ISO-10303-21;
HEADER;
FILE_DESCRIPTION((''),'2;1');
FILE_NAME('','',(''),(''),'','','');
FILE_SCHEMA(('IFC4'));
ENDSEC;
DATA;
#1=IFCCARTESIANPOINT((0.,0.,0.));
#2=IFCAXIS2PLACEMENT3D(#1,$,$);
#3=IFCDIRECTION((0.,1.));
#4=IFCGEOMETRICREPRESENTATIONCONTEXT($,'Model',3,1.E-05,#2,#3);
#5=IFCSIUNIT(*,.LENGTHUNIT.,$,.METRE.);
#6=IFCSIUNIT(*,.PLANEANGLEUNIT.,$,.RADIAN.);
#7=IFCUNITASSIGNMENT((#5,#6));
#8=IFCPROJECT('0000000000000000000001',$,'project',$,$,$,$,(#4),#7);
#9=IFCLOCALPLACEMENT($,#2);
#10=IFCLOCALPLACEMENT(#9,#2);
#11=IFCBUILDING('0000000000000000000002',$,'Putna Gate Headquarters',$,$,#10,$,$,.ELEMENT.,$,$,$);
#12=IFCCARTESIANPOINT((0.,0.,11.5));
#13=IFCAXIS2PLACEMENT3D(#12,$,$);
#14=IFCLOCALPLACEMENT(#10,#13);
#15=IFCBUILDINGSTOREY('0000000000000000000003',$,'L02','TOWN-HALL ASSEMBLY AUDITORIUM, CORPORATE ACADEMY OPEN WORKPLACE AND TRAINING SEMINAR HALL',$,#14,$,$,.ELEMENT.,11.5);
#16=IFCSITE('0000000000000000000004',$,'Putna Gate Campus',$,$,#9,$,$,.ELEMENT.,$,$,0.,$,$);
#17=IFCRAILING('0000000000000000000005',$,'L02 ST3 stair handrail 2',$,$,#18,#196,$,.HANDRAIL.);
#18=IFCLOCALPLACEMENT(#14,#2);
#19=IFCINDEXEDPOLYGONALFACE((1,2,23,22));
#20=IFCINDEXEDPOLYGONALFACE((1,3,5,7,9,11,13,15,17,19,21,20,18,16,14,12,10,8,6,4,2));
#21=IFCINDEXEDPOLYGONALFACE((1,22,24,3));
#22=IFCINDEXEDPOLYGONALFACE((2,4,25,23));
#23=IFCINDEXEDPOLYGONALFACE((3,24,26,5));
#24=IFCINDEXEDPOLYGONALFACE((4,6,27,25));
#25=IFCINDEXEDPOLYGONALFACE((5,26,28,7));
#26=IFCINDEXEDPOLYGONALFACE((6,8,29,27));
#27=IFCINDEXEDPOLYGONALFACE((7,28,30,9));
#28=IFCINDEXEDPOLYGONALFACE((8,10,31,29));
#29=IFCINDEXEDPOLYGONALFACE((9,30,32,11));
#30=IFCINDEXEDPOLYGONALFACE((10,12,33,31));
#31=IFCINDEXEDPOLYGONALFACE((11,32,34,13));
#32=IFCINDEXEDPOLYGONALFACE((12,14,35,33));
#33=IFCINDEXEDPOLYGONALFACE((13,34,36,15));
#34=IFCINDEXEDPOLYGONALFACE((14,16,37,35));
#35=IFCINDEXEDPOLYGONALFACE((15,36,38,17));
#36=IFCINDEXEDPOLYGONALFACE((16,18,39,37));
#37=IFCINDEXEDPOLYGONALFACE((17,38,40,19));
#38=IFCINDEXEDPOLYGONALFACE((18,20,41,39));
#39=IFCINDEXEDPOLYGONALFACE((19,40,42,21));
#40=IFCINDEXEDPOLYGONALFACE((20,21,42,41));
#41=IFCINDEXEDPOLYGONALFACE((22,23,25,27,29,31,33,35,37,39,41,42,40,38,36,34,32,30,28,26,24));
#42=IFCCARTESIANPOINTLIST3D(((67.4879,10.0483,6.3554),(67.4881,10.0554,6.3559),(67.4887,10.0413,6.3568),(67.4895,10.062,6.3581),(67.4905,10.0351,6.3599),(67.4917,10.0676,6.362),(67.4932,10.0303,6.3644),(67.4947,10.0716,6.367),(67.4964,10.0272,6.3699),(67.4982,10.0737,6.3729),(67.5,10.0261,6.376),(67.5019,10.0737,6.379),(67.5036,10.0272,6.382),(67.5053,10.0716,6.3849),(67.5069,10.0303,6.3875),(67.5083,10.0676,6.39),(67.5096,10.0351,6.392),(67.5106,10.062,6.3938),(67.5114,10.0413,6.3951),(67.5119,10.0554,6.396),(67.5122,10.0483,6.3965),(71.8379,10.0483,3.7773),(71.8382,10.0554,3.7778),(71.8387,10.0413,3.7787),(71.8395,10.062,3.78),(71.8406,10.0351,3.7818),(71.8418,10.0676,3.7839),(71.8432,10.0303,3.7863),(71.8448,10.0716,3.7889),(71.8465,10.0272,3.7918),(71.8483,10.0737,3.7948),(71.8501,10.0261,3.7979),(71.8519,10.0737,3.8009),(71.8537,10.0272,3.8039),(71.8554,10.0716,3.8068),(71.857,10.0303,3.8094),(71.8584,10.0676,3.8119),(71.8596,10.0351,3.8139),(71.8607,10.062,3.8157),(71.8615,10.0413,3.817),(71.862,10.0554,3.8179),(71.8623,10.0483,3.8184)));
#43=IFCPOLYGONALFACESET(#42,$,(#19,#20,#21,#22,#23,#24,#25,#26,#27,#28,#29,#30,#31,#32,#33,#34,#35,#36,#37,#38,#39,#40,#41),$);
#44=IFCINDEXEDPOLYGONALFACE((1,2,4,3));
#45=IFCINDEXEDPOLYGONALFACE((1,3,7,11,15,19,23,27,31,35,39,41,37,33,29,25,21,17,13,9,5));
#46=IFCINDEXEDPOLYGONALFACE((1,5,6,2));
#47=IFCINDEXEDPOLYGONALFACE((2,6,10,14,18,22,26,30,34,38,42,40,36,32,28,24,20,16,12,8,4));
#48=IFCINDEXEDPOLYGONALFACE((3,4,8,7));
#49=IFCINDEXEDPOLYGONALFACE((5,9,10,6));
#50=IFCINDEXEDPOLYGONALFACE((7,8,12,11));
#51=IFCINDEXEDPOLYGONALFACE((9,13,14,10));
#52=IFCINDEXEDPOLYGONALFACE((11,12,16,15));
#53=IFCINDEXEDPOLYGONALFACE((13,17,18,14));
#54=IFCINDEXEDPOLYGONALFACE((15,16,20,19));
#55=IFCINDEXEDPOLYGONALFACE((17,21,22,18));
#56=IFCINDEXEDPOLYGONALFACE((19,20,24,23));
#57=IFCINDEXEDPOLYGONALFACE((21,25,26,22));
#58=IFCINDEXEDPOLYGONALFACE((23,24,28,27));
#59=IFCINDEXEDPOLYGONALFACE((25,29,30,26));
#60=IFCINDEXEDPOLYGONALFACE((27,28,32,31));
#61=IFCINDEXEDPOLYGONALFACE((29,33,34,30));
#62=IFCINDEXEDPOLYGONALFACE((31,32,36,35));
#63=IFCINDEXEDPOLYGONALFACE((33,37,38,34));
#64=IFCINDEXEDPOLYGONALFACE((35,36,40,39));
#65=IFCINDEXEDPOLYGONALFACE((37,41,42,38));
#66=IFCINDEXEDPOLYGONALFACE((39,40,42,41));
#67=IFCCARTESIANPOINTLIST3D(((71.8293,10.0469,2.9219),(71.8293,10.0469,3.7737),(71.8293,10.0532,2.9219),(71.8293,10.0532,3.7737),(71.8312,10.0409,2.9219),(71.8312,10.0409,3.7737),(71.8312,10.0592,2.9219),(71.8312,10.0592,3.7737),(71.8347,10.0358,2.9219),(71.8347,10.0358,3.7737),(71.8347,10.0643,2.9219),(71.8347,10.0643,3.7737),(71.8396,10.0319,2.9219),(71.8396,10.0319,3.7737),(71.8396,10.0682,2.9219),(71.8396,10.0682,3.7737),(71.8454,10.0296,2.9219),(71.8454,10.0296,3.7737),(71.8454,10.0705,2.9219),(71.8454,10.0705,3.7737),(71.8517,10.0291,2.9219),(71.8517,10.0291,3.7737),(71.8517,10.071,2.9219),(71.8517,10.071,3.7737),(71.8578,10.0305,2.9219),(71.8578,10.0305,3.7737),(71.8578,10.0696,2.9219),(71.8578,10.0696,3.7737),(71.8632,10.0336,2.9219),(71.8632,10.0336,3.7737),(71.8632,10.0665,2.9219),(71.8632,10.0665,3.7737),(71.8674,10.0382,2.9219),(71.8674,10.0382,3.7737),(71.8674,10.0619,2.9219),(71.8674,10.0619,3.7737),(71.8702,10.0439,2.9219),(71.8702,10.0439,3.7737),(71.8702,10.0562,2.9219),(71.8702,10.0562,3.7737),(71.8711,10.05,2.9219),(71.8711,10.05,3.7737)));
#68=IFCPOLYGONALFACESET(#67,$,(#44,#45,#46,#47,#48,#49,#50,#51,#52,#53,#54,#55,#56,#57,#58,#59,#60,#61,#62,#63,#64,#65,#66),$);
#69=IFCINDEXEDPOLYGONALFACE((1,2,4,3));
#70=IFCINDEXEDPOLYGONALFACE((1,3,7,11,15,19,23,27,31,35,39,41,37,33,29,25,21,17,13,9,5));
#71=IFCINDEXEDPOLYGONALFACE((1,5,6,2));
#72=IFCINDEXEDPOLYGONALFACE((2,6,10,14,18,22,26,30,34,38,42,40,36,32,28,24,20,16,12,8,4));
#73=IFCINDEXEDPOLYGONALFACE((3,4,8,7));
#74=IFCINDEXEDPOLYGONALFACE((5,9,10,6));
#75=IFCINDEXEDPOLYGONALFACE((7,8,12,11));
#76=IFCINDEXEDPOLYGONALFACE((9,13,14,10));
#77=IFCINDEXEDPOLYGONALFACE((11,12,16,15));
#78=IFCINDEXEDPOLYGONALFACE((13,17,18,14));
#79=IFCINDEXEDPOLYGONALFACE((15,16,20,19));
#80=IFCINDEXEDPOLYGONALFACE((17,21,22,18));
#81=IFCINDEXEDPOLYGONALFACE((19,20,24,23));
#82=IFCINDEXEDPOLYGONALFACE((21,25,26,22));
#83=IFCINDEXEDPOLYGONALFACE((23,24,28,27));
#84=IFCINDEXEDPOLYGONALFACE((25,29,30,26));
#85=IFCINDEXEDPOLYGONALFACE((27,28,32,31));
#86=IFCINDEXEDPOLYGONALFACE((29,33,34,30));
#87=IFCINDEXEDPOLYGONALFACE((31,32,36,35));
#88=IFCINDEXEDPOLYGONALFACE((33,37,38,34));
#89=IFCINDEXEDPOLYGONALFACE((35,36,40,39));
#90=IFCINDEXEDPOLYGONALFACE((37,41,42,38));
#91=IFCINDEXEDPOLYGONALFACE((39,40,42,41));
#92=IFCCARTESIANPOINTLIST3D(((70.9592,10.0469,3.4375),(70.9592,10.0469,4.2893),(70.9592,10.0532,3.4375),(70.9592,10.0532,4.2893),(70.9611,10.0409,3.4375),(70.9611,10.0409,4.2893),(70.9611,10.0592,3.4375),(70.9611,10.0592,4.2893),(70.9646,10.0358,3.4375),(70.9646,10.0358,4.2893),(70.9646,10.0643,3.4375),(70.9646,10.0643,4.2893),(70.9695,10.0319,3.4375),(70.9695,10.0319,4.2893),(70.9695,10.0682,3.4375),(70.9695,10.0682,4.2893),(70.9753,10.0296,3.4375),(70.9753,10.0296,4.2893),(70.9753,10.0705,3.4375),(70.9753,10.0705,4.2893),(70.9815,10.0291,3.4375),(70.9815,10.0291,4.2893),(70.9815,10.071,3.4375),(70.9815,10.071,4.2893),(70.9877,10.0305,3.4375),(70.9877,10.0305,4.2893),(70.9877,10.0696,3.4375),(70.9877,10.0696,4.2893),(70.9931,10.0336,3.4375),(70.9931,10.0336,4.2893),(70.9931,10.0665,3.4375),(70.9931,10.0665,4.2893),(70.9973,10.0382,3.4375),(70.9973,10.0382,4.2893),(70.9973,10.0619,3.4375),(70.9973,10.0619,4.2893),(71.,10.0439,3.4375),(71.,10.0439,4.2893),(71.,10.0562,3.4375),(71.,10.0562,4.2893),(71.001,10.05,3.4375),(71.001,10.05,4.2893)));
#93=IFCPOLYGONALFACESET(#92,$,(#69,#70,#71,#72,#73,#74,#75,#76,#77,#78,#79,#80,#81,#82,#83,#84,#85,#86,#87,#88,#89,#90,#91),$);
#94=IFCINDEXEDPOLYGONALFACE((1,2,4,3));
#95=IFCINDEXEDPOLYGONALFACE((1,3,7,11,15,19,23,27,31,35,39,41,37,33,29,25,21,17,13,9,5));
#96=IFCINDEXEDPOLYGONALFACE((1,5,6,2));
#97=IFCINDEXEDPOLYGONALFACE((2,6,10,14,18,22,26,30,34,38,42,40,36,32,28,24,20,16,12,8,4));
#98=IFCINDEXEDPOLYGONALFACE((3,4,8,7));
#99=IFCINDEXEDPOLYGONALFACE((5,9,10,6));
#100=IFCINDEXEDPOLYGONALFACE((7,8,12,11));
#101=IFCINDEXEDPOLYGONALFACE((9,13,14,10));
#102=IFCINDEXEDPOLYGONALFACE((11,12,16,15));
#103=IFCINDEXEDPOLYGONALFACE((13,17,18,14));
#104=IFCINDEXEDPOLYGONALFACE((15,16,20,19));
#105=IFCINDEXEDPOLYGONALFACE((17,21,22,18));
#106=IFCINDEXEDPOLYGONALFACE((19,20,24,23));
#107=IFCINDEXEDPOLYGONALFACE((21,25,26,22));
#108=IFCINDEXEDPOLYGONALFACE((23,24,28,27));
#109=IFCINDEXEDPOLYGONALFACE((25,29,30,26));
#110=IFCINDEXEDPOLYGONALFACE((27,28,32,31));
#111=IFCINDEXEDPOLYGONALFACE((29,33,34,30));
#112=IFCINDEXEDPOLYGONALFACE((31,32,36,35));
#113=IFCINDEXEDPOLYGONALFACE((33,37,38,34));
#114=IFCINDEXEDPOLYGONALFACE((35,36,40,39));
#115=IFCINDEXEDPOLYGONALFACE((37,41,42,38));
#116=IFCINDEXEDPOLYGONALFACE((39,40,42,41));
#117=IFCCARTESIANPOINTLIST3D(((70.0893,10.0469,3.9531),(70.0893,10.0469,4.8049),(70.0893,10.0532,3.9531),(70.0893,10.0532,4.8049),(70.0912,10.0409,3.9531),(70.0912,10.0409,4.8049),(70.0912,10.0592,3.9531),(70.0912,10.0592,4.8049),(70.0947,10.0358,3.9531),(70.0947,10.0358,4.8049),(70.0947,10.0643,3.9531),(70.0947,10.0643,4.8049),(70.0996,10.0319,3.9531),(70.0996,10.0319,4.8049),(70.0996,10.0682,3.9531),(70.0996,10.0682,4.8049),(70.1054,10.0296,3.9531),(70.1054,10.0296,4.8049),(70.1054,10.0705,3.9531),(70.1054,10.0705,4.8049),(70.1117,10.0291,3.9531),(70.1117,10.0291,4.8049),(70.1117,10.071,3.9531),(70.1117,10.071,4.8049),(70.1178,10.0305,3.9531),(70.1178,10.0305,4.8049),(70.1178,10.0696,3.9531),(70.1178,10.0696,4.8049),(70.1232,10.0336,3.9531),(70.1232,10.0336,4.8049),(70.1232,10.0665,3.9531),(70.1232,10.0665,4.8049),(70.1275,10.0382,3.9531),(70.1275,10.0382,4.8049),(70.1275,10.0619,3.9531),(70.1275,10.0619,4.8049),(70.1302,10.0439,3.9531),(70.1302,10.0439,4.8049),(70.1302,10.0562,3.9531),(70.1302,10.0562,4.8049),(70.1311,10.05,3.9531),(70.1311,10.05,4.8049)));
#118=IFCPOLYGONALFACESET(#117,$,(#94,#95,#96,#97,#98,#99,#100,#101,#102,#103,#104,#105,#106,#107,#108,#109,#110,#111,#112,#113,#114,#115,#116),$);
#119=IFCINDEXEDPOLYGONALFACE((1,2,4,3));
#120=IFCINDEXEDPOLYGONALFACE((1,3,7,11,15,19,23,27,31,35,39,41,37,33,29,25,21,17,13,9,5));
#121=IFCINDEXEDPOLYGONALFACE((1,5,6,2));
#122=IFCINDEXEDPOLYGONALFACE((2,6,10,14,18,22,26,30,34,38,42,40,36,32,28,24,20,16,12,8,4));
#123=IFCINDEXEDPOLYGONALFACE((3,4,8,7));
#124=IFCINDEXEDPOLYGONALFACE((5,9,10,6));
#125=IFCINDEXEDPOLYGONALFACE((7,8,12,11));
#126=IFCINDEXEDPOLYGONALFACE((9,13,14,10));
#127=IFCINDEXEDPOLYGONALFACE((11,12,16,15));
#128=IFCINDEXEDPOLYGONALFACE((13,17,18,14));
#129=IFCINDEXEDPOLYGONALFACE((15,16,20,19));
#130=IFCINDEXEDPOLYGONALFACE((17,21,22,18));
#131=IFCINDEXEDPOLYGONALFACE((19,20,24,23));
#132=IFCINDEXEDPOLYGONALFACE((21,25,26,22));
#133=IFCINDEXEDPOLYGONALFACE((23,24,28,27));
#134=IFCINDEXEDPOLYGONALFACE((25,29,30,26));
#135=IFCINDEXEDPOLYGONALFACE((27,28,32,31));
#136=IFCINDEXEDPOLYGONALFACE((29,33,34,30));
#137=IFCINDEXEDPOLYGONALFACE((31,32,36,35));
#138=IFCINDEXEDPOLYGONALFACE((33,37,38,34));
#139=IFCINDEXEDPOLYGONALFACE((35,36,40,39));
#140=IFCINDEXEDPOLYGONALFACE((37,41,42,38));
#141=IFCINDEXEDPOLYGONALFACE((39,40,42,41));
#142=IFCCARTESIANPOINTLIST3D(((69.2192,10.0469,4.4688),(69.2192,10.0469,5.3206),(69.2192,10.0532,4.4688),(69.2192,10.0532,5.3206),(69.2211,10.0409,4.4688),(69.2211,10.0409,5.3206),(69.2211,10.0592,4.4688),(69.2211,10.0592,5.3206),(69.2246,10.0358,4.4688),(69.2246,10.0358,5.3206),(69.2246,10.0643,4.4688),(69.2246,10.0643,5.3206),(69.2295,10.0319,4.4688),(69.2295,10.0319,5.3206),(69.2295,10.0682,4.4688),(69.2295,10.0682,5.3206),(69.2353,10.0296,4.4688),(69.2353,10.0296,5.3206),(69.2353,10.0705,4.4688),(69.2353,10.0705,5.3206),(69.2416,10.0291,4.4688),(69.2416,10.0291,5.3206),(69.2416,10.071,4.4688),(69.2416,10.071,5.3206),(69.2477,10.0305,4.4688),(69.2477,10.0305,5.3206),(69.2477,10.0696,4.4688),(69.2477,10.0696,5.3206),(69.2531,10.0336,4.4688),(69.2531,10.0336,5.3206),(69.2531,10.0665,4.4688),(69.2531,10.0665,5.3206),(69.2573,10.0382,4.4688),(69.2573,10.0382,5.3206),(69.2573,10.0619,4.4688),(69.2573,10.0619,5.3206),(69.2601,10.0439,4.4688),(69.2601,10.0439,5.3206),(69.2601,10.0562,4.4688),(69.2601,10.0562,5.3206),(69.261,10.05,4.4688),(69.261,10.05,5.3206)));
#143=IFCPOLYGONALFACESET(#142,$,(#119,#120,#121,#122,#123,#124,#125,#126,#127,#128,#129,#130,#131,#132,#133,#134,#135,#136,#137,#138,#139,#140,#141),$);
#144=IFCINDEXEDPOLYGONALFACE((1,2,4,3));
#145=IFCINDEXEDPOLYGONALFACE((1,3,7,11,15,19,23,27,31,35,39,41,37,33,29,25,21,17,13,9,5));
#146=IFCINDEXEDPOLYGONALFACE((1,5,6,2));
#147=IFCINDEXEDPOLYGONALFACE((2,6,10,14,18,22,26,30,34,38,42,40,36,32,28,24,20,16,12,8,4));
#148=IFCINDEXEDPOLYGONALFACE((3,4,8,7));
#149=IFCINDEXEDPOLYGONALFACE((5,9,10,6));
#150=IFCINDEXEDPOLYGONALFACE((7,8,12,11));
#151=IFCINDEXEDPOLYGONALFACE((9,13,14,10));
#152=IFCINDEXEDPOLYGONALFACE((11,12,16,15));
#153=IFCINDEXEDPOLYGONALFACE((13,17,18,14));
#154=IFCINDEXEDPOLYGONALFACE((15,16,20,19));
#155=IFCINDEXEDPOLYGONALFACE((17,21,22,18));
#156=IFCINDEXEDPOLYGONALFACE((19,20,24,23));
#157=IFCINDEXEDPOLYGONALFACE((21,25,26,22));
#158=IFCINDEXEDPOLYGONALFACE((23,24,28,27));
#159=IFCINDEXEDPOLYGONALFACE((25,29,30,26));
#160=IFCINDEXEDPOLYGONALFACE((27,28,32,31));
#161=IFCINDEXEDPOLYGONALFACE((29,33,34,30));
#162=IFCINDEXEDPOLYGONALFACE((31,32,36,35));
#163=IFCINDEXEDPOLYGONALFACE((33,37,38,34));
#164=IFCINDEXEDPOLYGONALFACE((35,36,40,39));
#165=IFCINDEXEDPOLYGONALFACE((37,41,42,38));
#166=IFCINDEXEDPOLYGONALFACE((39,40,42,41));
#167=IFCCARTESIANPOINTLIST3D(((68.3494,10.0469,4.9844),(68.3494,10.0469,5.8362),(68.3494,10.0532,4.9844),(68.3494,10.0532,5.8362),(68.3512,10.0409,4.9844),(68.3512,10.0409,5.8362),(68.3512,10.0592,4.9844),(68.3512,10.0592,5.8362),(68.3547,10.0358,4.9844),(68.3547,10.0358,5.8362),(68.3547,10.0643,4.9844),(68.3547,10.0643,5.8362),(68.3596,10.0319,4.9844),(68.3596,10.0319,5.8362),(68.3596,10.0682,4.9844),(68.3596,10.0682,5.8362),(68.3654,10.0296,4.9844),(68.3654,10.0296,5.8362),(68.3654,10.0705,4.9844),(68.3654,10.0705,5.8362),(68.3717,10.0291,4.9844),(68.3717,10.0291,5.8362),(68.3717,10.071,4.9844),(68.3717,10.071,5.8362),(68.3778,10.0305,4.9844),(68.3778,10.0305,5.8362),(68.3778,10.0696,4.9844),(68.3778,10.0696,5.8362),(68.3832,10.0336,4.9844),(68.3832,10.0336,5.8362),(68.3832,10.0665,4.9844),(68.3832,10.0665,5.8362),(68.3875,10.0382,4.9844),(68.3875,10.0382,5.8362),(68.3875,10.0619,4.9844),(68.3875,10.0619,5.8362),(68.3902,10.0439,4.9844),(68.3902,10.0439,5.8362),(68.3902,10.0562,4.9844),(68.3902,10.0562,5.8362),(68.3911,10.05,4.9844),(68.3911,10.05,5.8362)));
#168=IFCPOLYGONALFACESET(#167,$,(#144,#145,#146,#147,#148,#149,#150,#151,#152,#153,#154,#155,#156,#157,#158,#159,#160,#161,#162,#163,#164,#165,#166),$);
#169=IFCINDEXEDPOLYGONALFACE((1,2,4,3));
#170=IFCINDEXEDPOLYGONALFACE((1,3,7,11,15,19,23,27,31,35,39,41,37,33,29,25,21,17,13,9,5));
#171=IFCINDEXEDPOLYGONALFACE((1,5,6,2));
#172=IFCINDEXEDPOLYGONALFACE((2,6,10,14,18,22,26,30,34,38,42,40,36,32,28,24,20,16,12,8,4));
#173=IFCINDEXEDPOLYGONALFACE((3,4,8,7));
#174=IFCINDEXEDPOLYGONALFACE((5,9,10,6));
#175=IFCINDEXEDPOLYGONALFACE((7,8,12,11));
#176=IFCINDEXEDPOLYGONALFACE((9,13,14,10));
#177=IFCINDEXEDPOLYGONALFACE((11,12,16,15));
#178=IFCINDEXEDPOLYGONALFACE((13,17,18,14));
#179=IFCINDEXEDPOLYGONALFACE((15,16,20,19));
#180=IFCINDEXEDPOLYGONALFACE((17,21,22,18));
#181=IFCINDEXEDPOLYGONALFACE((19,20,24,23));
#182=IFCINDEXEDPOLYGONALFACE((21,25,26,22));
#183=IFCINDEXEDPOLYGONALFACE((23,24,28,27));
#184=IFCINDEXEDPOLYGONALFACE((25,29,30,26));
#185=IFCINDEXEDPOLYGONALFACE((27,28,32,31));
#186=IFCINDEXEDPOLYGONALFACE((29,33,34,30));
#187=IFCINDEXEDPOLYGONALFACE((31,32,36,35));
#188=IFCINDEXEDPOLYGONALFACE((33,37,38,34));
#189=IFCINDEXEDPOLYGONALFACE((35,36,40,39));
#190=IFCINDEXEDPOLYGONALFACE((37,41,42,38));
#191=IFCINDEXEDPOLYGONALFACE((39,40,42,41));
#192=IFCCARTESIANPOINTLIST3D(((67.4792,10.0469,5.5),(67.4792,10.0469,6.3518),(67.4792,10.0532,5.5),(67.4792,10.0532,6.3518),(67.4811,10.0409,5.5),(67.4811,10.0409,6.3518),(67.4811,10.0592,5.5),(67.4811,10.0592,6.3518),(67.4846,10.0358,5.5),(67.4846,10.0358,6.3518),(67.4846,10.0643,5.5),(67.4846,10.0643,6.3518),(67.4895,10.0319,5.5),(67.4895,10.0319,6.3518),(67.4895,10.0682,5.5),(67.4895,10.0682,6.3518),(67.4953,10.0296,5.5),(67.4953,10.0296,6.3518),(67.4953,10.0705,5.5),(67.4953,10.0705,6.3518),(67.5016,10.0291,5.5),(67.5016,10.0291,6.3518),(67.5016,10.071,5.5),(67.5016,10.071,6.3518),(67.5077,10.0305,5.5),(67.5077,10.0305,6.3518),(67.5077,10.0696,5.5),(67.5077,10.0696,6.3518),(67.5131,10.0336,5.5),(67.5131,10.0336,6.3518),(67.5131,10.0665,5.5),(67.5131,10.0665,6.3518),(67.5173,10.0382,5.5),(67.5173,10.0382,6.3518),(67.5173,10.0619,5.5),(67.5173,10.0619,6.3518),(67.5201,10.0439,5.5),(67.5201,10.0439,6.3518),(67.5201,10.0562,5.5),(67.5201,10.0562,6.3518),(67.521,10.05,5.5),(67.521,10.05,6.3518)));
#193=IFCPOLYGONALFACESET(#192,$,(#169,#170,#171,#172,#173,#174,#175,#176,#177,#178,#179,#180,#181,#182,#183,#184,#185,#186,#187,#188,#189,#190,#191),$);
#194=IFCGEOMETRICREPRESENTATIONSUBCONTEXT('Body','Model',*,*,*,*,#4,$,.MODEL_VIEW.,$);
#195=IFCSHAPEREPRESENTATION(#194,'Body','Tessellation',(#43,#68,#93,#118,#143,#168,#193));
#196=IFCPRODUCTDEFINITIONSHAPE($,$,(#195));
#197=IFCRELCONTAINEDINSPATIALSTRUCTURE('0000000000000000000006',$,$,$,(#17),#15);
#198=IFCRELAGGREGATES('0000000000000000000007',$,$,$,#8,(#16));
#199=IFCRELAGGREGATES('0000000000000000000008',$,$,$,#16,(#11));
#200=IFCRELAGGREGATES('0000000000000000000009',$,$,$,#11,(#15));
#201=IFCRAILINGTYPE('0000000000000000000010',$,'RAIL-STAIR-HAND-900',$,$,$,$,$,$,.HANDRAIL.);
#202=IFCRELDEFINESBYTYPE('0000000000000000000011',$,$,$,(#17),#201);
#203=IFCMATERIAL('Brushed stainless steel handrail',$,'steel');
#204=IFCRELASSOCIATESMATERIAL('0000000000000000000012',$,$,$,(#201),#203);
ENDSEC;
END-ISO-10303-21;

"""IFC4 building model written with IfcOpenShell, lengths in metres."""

from ifc_helpers import new_model, si_unit, direction, frame, origin, origin_2d, place, context, subcontext, project, spatial, circle, extrude, material, type_object, element, save


model = new_model("IFC4")

# Units and contexts
model_context = context("Model", 3, precision=1e-05, world=origin(), true_north=direction((0.0, 1.0)))
body_context = subcontext(model_context, "Body", "Model", "MODEL_VIEW")
ifc_project = project(units=[si_unit("LENGTHUNIT", "METRE"), si_unit("PLANEANGLEUNIT", "RADIAN")], contexts=[model_context])

# Site, building, storey
site_placement = place(None, origin())
site = spatial("IfcSite", under=ifc_project, at=site_placement, Name="Putna Gate Campus", CompositionType="ELEMENT", RefElevation=0.0)
building_placement = place(site_placement, origin())
building = spatial("IfcBuilding", under=site, at=building_placement, Name="Putna Gate Headquarters", CompositionType="ELEMENT")
storey_placement = place(building_placement, frame((0.0, 0.0, 11.5)))
storey = spatial("IfcBuildingStorey", under=building, at=storey_placement, Name="L02", Description="TOWN-HALL ASSEMBLY AUDITORIUM, CORPORATE ACADEMY OPEN WORKPLACE AND TRAINING SEMINAR HALL", CompositionType="ELEMENT", Elevation=11.5)

# Railing
ifc_material_1 = material(Name="Brushed stainless steel handrail", Category="steel")
railing_type_1 = type_object("IfcRailingType", Name="RAIL-STAIR-HAND-900", PredefinedType="HANDRAIL", material=ifc_material_1)
railing_1_placement = place(storey_placement, frame((71.8501, 10.05, 2.9219)))
element("IfcRailing", 1, at=railing_1_placement, inside=storey, type_object=railing_type_1, Name="L02 ST3 stair handrail 2", PredefinedType="HANDRAIL", context=body_context, shape_type="SweptSolid", body=[
    extrude(circle(Radius=0.0239, at=origin_2d()), frame((0.0, 0.0, 0.876), z_axis=(-0.860266, 0.0, 0.509845), x_axis=(0.0, -1.0, 0.0)), (0.0, 0.0, 1.0), 5.0566),
    extrude(circle(Radius=0.021, at=origin_2d()), origin(), (0.0, 0.0, 1.0), 0.8518),
    extrude(circle(Radius=0.021, at=origin_2d()), frame((-0.8701, 0.0, 0.5156)), (0.0, 0.0, 1.0), 0.8518),
    extrude(circle(Radius=0.021, at=origin_2d()), frame((-1.74, 0.0, 1.0312)), (0.0, 0.0, 1.0), 0.8518),
    extrude(circle(Radius=0.021, at=origin_2d()), frame((-2.6101, 0.0, 1.5469)), (0.0, 0.0, 1.0), 0.8518),
    extrude(circle(Radius=0.021, at=origin_2d()), frame((-3.48, 0.0, 2.0625)), (0.0, 0.0, 1.0), 0.8518),
    extrude(circle(Radius=0.021, at=origin_2d()), frame((-4.3501, 0.0, 2.5781)), (0.0, 0.0, 1.0), 0.8518),
])

save(model, "model.ifc")
